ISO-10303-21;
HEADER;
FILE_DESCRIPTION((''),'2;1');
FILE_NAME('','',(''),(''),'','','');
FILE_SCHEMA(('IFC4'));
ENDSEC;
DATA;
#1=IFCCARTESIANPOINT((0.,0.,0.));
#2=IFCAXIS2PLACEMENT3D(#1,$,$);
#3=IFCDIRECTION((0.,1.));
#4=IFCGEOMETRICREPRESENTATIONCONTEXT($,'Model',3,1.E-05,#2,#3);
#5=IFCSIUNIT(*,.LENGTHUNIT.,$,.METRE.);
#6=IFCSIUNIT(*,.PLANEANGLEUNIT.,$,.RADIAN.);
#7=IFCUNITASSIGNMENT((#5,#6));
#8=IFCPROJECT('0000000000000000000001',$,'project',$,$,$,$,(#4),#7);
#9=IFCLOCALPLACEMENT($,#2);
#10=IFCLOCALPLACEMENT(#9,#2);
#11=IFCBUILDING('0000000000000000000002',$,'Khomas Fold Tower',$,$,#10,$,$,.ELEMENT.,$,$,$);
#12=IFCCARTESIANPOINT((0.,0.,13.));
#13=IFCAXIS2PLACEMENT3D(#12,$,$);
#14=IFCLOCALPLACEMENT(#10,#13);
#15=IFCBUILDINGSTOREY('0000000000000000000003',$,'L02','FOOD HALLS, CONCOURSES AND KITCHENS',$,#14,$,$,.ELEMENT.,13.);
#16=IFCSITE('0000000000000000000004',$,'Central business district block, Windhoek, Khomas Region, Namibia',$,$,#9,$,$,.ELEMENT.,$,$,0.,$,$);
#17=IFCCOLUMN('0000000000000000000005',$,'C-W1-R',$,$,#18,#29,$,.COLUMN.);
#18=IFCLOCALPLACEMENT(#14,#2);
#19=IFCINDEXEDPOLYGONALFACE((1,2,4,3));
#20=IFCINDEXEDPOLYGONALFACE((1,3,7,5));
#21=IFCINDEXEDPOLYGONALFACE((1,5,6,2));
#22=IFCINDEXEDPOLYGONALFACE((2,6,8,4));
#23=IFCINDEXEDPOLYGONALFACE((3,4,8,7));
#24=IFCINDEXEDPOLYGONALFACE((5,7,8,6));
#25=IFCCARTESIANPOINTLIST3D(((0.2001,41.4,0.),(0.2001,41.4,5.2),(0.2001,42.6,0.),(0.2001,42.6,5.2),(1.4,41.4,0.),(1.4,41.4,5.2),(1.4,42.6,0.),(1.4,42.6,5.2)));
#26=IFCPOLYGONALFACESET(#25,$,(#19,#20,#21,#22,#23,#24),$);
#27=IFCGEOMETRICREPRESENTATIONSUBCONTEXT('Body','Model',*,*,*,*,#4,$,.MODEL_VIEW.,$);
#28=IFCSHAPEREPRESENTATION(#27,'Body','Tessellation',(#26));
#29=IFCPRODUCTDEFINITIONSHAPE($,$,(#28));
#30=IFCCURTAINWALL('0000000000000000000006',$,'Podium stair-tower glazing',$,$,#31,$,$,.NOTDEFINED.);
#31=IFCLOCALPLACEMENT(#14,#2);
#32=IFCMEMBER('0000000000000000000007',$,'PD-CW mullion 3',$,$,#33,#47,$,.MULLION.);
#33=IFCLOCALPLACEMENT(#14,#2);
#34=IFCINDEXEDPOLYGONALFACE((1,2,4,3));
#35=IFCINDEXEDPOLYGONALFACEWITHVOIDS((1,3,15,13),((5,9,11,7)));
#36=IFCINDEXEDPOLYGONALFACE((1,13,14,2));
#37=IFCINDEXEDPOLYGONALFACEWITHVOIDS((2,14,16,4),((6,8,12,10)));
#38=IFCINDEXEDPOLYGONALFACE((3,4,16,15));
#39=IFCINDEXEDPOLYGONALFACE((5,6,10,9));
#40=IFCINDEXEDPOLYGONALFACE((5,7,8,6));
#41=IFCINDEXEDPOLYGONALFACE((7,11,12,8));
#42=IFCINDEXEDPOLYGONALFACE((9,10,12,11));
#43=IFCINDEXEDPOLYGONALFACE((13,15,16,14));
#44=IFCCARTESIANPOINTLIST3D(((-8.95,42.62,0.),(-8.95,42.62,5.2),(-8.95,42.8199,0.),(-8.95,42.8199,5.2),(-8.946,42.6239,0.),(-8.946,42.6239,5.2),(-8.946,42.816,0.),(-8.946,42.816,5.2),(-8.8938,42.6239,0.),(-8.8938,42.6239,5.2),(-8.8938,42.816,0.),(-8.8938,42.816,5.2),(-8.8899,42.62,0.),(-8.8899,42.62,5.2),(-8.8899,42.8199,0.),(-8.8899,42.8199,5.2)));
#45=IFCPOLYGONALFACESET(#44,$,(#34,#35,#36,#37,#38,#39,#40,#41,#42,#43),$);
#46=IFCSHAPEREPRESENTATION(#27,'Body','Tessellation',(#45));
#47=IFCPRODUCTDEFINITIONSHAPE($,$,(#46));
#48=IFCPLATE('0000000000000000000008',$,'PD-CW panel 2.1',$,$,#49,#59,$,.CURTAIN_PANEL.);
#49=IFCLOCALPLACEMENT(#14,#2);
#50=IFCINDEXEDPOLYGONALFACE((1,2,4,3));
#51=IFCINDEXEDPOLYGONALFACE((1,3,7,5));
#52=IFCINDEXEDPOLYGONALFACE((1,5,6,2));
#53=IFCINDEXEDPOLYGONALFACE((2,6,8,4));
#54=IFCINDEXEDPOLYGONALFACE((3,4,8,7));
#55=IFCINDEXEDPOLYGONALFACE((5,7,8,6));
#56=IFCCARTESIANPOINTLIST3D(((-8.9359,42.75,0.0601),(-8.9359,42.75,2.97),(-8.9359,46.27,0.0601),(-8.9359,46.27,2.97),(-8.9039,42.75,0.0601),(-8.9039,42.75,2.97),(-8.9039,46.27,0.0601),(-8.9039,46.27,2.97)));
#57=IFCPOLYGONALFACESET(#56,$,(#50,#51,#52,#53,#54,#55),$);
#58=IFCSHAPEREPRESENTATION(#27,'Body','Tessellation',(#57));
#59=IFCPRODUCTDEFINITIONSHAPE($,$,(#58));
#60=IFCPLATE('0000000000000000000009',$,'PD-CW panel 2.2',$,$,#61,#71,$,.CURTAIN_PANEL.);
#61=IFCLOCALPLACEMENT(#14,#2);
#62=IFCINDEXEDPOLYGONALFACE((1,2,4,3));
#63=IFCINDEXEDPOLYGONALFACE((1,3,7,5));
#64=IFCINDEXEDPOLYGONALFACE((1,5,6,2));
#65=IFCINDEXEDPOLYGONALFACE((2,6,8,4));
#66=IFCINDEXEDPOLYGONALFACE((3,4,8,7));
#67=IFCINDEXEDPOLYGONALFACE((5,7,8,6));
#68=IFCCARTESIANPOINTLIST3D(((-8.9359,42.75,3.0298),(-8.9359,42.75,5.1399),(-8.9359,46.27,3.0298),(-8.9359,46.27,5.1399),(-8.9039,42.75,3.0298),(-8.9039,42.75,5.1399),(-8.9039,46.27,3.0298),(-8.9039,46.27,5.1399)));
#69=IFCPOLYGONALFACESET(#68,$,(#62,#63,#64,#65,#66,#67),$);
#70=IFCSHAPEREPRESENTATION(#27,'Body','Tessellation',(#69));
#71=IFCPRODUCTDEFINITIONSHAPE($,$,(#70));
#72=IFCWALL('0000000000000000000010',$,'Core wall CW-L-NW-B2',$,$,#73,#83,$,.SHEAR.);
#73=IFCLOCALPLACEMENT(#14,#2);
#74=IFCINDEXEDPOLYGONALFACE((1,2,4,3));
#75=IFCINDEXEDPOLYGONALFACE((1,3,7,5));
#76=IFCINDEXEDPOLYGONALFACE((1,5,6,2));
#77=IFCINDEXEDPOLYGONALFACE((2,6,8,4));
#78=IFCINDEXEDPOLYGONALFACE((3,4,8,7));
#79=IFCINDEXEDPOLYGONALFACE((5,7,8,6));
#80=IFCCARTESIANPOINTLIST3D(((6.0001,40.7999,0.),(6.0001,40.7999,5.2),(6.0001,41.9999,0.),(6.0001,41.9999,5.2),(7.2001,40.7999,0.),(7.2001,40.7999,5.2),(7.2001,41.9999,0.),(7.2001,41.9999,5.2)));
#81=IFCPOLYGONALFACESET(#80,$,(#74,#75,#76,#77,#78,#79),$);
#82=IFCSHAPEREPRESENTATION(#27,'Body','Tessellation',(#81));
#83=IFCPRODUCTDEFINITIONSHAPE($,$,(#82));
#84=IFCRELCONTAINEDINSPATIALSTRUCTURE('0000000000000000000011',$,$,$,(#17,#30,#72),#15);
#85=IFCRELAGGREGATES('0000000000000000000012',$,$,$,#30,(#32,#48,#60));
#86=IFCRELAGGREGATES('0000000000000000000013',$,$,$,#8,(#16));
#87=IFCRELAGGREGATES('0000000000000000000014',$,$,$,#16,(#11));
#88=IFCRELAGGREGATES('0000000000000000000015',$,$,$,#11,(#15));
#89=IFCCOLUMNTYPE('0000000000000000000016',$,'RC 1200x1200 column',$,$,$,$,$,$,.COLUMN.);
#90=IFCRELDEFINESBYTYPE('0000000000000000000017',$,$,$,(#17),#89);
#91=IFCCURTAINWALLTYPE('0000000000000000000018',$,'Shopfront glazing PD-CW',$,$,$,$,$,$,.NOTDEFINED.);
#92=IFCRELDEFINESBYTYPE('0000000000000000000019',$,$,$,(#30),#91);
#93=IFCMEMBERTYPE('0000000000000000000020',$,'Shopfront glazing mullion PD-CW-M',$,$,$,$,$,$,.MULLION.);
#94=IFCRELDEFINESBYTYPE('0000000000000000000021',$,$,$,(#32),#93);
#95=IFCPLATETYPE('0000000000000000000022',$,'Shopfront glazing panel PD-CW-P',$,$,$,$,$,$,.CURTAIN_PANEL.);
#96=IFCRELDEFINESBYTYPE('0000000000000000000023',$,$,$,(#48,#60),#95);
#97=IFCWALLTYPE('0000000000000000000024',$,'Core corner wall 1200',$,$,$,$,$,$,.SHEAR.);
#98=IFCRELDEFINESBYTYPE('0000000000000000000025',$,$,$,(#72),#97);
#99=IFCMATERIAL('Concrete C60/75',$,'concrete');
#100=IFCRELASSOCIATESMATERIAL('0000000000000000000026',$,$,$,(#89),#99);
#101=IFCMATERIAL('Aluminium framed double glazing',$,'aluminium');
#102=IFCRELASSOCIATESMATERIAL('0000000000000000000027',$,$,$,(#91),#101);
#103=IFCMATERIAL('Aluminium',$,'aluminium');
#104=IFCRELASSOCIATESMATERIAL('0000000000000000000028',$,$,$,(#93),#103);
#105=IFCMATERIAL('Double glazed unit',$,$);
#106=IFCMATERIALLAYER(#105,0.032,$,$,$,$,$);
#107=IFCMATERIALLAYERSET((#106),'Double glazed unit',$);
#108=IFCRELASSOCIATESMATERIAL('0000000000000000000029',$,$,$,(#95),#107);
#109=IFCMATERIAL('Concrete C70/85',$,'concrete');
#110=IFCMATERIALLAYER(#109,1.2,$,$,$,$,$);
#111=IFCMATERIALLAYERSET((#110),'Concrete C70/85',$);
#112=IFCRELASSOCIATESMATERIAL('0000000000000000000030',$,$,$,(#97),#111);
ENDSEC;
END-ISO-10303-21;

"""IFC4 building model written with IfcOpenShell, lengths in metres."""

from ifc_helpers import new_model, si_unit, direction, frame, frame_2d, origin, origin_2d, place, context, subcontext, project, spatial, rectangle, hollow_rectangle, extrude, source, transform, mapped, material, layer, layer_set, material_profile, profile_set, type_object, element, aggregate, save


model = new_model("IFC4")

# Units and contexts
model_context = context("Model", 3, precision=1e-05, world=origin(), true_north=direction((0.0, 1.0)))
body_context = subcontext(model_context, "Body", "Model", "MODEL_VIEW")
ifc_project = project(units=[si_unit("LENGTHUNIT", "METRE"), si_unit("PLANEANGLEUNIT", "RADIAN")], contexts=[model_context])

# Site, building, storey
site_placement = place(None, origin())
site = spatial("IfcSite", under=ifc_project, at=site_placement, Name="Central business district block, Windhoek, Khomas Region, Namibia", CompositionType="ELEMENT", RefElevation=0.0)
building_placement = place(site_placement, origin())
building = spatial("IfcBuilding", under=site, at=building_placement, Name="Khomas Fold Tower", CompositionType="ELEMENT")
storey_placement = place(building_placement, frame((0.0, 0.0, 13.0)))
storey = spatial("IfcBuildingStorey", under=building, at=storey_placement, Name="L02", Description="FOOD HALLS, CONCOURSES AND KITCHENS", CompositionType="ELEMENT", Elevation=13.0)

# Column
ifc_material_1 = material(Name="Concrete C60/75", Category="concrete")
ifc_material_profile_1 = material_profile(ifc_material_1, rectangle(XDim=1.2, YDim=1.2, at=origin_2d()), Name="RC 1200x1200")
ifc_profile_set_1 = profile_set([ifc_material_profile_1], Name="Concrete C60/75")
column_type = type_object("IfcColumnType", Name="RC 1200x1200 column", PredefinedType="COLUMN", material=ifc_profile_set_1)
shared_shape_1 = source(origin(), body_context, "Body", "SweptSolid", [
    extrude(rectangle(XDim=1.2, YDim=1.2, at=origin_2d()), origin(), (0.0, 0.0, 1.0), 5.2),
])
column_placement = place(storey_placement, frame((0.8, 42.0, 0.0), z_axis=(0.0, 0.0, 1.0), x_axis=(1.0, 0.0, 0.0)))
element("IfcColumn", 1, at=column_placement, inside=storey, type_object=column_type, Name="C-W1-R", PredefinedType="COLUMN", context=body_context, shape_type="MappedRepresentation", body=[
    mapped(shared_shape_1, transform((0.0, 0.0, 0.0))),
])

# Curtain wall, member, plates
ifc_material_2 = material(Name="Aluminium framed double glazing", Category="aluminium")
curtain_wall_type = type_object("IfcCurtainWallType", Name="Shopfront glazing PD-CW", PredefinedType="NOTDEFINED", material=ifc_material_2)
curtain_wall_placement = place(storey_placement, origin())
curtain_wall = element("IfcCurtainWall", 2, at=curtain_wall_placement, inside=storey, type_object=curtain_wall_type, Name="Podium stair-tower glazing", PredefinedType="NOTDEFINED")
ifc_material_3 = material(Name="Aluminium", Category="aluminium")
ifc_material_profile_2 = material_profile(ifc_material_3, hollow_rectangle(XDim=0.0601, YDim=0.2, WallThickness=0.0039, at=origin_2d()), Name="Shopfront glazing mullion PD-CW-M")
ifc_profile_set_2 = profile_set([ifc_material_profile_2], Name="Aluminium")
member_type = type_object("IfcMemberType", Name="Shopfront glazing mullion PD-CW-M", PredefinedType="MULLION", material=ifc_profile_set_2)
shared_shape_2 = source(origin(), body_context, "Body", "SweptSolid", [
    extrude(hollow_rectangle(XDim=0.0601, YDim=0.2, WallThickness=0.0039, at=origin_2d()), origin(), (0.0, 0.0, 1.0), 5.2),
])
member_placement = place(storey_placement, frame((-8.9199, 42.72, 0.0), z_axis=(0.0, 0.0, 1.0), x_axis=(1.0, 0.0, 0.0)))
member = element("IfcMember", 3, at=member_placement, type_object=member_type, Name="PD-CW mullion 3", PredefinedType="MULLION", context=body_context, shape_type="MappedRepresentation", body=[
    mapped(shared_shape_2, transform((0.0, 0.0, 0.0))),
])
ifc_material_4 = material(Name="Double glazed unit")
ifc_layer_1 = layer(ifc_material_4, 0.032)
ifc_layer_set_1 = layer_set([ifc_layer_1], Name="Double glazed unit")
plate_type = type_object("IfcPlateType", Name="Shopfront glazing panel PD-CW-P", PredefinedType="CURTAIN_PANEL", material=ifc_layer_set_1)
shared_shape_3 = source(origin(), body_context, "Body", "SweptSolid", [
    extrude(rectangle(XDim=3.52, YDim=0.032, at=origin_2d()), origin(), (0.0, 0.0, 1.0), 2.9099),
])
plate_1_placement = place(storey_placement, frame((-8.9199, 44.51, 0.0601), z_axis=(0.0, 0.0, 1.0), x_axis=(0.0, -1.0, 0.0)))
plate_1 = element("IfcPlate", 4, at=plate_1_placement, type_object=plate_type, Name="PD-CW panel 2.1", PredefinedType="CURTAIN_PANEL", context=body_context, shape_type="MappedRepresentation", body=[
    mapped(shared_shape_3, transform((0.0, 0.0, 0.0))),
])
shared_shape_4 = source(origin(), body_context, "Body", "SweptSolid", [
    extrude(rectangle(XDim=3.52, YDim=0.032, at=origin_2d()), origin(), (0.0, 0.0, 1.0), 2.1101),
])
plate_2_placement = place(storey_placement, frame((-8.9199, 44.51, 3.0298), z_axis=(0.0, 0.0, 1.0), x_axis=(0.0, -1.0, 0.0)))
plate_2 = element("IfcPlate", 5, at=plate_2_placement, type_object=plate_type, Name="PD-CW panel 2.2", PredefinedType="CURTAIN_PANEL", context=body_context, shape_type="MappedRepresentation", body=[
    mapped(shared_shape_4, transform((0.0, 0.0, 0.0))),
])
aggregate(curtain_wall, [member, plate_1, plate_2])

# Wall
ifc_material_5 = material(Name="Concrete C70/85", Category="concrete")
ifc_layer_2 = layer(ifc_material_5, 1.2)
ifc_layer_set_2 = layer_set([ifc_layer_2], Name="Concrete C70/85")
wall_type_1 = type_object("IfcWallType", Name="Core corner wall 1200", PredefinedType="SHEAR", material=ifc_layer_set_2)
shared_shape_5 = source(origin(), body_context, "Body", "SweptSolid", [
    extrude(rectangle(XDim=1.2, YDim=1.2, at=frame_2d((0.6001, 0.0))), origin(), (0.0, 0.0, 1.0), 5.2),
])
wall_1_placement = place(storey_placement, frame((6.0, 41.3999, 0.0), z_axis=(0.0, 0.0, 1.0), x_axis=(1.0, 0.0, 0.0)))
element("IfcWall", 6, at=wall_1_placement, inside=storey, type_object=wall_type_1, Name="Core wall CW-L-NW-B2", PredefinedType="SHEAR", context=body_context, shape_type="MappedRepresentation", body=[
    mapped(shared_shape_5, transform((0.0, 0.0, 0.0))),
])

save(model, "model.ifc")
